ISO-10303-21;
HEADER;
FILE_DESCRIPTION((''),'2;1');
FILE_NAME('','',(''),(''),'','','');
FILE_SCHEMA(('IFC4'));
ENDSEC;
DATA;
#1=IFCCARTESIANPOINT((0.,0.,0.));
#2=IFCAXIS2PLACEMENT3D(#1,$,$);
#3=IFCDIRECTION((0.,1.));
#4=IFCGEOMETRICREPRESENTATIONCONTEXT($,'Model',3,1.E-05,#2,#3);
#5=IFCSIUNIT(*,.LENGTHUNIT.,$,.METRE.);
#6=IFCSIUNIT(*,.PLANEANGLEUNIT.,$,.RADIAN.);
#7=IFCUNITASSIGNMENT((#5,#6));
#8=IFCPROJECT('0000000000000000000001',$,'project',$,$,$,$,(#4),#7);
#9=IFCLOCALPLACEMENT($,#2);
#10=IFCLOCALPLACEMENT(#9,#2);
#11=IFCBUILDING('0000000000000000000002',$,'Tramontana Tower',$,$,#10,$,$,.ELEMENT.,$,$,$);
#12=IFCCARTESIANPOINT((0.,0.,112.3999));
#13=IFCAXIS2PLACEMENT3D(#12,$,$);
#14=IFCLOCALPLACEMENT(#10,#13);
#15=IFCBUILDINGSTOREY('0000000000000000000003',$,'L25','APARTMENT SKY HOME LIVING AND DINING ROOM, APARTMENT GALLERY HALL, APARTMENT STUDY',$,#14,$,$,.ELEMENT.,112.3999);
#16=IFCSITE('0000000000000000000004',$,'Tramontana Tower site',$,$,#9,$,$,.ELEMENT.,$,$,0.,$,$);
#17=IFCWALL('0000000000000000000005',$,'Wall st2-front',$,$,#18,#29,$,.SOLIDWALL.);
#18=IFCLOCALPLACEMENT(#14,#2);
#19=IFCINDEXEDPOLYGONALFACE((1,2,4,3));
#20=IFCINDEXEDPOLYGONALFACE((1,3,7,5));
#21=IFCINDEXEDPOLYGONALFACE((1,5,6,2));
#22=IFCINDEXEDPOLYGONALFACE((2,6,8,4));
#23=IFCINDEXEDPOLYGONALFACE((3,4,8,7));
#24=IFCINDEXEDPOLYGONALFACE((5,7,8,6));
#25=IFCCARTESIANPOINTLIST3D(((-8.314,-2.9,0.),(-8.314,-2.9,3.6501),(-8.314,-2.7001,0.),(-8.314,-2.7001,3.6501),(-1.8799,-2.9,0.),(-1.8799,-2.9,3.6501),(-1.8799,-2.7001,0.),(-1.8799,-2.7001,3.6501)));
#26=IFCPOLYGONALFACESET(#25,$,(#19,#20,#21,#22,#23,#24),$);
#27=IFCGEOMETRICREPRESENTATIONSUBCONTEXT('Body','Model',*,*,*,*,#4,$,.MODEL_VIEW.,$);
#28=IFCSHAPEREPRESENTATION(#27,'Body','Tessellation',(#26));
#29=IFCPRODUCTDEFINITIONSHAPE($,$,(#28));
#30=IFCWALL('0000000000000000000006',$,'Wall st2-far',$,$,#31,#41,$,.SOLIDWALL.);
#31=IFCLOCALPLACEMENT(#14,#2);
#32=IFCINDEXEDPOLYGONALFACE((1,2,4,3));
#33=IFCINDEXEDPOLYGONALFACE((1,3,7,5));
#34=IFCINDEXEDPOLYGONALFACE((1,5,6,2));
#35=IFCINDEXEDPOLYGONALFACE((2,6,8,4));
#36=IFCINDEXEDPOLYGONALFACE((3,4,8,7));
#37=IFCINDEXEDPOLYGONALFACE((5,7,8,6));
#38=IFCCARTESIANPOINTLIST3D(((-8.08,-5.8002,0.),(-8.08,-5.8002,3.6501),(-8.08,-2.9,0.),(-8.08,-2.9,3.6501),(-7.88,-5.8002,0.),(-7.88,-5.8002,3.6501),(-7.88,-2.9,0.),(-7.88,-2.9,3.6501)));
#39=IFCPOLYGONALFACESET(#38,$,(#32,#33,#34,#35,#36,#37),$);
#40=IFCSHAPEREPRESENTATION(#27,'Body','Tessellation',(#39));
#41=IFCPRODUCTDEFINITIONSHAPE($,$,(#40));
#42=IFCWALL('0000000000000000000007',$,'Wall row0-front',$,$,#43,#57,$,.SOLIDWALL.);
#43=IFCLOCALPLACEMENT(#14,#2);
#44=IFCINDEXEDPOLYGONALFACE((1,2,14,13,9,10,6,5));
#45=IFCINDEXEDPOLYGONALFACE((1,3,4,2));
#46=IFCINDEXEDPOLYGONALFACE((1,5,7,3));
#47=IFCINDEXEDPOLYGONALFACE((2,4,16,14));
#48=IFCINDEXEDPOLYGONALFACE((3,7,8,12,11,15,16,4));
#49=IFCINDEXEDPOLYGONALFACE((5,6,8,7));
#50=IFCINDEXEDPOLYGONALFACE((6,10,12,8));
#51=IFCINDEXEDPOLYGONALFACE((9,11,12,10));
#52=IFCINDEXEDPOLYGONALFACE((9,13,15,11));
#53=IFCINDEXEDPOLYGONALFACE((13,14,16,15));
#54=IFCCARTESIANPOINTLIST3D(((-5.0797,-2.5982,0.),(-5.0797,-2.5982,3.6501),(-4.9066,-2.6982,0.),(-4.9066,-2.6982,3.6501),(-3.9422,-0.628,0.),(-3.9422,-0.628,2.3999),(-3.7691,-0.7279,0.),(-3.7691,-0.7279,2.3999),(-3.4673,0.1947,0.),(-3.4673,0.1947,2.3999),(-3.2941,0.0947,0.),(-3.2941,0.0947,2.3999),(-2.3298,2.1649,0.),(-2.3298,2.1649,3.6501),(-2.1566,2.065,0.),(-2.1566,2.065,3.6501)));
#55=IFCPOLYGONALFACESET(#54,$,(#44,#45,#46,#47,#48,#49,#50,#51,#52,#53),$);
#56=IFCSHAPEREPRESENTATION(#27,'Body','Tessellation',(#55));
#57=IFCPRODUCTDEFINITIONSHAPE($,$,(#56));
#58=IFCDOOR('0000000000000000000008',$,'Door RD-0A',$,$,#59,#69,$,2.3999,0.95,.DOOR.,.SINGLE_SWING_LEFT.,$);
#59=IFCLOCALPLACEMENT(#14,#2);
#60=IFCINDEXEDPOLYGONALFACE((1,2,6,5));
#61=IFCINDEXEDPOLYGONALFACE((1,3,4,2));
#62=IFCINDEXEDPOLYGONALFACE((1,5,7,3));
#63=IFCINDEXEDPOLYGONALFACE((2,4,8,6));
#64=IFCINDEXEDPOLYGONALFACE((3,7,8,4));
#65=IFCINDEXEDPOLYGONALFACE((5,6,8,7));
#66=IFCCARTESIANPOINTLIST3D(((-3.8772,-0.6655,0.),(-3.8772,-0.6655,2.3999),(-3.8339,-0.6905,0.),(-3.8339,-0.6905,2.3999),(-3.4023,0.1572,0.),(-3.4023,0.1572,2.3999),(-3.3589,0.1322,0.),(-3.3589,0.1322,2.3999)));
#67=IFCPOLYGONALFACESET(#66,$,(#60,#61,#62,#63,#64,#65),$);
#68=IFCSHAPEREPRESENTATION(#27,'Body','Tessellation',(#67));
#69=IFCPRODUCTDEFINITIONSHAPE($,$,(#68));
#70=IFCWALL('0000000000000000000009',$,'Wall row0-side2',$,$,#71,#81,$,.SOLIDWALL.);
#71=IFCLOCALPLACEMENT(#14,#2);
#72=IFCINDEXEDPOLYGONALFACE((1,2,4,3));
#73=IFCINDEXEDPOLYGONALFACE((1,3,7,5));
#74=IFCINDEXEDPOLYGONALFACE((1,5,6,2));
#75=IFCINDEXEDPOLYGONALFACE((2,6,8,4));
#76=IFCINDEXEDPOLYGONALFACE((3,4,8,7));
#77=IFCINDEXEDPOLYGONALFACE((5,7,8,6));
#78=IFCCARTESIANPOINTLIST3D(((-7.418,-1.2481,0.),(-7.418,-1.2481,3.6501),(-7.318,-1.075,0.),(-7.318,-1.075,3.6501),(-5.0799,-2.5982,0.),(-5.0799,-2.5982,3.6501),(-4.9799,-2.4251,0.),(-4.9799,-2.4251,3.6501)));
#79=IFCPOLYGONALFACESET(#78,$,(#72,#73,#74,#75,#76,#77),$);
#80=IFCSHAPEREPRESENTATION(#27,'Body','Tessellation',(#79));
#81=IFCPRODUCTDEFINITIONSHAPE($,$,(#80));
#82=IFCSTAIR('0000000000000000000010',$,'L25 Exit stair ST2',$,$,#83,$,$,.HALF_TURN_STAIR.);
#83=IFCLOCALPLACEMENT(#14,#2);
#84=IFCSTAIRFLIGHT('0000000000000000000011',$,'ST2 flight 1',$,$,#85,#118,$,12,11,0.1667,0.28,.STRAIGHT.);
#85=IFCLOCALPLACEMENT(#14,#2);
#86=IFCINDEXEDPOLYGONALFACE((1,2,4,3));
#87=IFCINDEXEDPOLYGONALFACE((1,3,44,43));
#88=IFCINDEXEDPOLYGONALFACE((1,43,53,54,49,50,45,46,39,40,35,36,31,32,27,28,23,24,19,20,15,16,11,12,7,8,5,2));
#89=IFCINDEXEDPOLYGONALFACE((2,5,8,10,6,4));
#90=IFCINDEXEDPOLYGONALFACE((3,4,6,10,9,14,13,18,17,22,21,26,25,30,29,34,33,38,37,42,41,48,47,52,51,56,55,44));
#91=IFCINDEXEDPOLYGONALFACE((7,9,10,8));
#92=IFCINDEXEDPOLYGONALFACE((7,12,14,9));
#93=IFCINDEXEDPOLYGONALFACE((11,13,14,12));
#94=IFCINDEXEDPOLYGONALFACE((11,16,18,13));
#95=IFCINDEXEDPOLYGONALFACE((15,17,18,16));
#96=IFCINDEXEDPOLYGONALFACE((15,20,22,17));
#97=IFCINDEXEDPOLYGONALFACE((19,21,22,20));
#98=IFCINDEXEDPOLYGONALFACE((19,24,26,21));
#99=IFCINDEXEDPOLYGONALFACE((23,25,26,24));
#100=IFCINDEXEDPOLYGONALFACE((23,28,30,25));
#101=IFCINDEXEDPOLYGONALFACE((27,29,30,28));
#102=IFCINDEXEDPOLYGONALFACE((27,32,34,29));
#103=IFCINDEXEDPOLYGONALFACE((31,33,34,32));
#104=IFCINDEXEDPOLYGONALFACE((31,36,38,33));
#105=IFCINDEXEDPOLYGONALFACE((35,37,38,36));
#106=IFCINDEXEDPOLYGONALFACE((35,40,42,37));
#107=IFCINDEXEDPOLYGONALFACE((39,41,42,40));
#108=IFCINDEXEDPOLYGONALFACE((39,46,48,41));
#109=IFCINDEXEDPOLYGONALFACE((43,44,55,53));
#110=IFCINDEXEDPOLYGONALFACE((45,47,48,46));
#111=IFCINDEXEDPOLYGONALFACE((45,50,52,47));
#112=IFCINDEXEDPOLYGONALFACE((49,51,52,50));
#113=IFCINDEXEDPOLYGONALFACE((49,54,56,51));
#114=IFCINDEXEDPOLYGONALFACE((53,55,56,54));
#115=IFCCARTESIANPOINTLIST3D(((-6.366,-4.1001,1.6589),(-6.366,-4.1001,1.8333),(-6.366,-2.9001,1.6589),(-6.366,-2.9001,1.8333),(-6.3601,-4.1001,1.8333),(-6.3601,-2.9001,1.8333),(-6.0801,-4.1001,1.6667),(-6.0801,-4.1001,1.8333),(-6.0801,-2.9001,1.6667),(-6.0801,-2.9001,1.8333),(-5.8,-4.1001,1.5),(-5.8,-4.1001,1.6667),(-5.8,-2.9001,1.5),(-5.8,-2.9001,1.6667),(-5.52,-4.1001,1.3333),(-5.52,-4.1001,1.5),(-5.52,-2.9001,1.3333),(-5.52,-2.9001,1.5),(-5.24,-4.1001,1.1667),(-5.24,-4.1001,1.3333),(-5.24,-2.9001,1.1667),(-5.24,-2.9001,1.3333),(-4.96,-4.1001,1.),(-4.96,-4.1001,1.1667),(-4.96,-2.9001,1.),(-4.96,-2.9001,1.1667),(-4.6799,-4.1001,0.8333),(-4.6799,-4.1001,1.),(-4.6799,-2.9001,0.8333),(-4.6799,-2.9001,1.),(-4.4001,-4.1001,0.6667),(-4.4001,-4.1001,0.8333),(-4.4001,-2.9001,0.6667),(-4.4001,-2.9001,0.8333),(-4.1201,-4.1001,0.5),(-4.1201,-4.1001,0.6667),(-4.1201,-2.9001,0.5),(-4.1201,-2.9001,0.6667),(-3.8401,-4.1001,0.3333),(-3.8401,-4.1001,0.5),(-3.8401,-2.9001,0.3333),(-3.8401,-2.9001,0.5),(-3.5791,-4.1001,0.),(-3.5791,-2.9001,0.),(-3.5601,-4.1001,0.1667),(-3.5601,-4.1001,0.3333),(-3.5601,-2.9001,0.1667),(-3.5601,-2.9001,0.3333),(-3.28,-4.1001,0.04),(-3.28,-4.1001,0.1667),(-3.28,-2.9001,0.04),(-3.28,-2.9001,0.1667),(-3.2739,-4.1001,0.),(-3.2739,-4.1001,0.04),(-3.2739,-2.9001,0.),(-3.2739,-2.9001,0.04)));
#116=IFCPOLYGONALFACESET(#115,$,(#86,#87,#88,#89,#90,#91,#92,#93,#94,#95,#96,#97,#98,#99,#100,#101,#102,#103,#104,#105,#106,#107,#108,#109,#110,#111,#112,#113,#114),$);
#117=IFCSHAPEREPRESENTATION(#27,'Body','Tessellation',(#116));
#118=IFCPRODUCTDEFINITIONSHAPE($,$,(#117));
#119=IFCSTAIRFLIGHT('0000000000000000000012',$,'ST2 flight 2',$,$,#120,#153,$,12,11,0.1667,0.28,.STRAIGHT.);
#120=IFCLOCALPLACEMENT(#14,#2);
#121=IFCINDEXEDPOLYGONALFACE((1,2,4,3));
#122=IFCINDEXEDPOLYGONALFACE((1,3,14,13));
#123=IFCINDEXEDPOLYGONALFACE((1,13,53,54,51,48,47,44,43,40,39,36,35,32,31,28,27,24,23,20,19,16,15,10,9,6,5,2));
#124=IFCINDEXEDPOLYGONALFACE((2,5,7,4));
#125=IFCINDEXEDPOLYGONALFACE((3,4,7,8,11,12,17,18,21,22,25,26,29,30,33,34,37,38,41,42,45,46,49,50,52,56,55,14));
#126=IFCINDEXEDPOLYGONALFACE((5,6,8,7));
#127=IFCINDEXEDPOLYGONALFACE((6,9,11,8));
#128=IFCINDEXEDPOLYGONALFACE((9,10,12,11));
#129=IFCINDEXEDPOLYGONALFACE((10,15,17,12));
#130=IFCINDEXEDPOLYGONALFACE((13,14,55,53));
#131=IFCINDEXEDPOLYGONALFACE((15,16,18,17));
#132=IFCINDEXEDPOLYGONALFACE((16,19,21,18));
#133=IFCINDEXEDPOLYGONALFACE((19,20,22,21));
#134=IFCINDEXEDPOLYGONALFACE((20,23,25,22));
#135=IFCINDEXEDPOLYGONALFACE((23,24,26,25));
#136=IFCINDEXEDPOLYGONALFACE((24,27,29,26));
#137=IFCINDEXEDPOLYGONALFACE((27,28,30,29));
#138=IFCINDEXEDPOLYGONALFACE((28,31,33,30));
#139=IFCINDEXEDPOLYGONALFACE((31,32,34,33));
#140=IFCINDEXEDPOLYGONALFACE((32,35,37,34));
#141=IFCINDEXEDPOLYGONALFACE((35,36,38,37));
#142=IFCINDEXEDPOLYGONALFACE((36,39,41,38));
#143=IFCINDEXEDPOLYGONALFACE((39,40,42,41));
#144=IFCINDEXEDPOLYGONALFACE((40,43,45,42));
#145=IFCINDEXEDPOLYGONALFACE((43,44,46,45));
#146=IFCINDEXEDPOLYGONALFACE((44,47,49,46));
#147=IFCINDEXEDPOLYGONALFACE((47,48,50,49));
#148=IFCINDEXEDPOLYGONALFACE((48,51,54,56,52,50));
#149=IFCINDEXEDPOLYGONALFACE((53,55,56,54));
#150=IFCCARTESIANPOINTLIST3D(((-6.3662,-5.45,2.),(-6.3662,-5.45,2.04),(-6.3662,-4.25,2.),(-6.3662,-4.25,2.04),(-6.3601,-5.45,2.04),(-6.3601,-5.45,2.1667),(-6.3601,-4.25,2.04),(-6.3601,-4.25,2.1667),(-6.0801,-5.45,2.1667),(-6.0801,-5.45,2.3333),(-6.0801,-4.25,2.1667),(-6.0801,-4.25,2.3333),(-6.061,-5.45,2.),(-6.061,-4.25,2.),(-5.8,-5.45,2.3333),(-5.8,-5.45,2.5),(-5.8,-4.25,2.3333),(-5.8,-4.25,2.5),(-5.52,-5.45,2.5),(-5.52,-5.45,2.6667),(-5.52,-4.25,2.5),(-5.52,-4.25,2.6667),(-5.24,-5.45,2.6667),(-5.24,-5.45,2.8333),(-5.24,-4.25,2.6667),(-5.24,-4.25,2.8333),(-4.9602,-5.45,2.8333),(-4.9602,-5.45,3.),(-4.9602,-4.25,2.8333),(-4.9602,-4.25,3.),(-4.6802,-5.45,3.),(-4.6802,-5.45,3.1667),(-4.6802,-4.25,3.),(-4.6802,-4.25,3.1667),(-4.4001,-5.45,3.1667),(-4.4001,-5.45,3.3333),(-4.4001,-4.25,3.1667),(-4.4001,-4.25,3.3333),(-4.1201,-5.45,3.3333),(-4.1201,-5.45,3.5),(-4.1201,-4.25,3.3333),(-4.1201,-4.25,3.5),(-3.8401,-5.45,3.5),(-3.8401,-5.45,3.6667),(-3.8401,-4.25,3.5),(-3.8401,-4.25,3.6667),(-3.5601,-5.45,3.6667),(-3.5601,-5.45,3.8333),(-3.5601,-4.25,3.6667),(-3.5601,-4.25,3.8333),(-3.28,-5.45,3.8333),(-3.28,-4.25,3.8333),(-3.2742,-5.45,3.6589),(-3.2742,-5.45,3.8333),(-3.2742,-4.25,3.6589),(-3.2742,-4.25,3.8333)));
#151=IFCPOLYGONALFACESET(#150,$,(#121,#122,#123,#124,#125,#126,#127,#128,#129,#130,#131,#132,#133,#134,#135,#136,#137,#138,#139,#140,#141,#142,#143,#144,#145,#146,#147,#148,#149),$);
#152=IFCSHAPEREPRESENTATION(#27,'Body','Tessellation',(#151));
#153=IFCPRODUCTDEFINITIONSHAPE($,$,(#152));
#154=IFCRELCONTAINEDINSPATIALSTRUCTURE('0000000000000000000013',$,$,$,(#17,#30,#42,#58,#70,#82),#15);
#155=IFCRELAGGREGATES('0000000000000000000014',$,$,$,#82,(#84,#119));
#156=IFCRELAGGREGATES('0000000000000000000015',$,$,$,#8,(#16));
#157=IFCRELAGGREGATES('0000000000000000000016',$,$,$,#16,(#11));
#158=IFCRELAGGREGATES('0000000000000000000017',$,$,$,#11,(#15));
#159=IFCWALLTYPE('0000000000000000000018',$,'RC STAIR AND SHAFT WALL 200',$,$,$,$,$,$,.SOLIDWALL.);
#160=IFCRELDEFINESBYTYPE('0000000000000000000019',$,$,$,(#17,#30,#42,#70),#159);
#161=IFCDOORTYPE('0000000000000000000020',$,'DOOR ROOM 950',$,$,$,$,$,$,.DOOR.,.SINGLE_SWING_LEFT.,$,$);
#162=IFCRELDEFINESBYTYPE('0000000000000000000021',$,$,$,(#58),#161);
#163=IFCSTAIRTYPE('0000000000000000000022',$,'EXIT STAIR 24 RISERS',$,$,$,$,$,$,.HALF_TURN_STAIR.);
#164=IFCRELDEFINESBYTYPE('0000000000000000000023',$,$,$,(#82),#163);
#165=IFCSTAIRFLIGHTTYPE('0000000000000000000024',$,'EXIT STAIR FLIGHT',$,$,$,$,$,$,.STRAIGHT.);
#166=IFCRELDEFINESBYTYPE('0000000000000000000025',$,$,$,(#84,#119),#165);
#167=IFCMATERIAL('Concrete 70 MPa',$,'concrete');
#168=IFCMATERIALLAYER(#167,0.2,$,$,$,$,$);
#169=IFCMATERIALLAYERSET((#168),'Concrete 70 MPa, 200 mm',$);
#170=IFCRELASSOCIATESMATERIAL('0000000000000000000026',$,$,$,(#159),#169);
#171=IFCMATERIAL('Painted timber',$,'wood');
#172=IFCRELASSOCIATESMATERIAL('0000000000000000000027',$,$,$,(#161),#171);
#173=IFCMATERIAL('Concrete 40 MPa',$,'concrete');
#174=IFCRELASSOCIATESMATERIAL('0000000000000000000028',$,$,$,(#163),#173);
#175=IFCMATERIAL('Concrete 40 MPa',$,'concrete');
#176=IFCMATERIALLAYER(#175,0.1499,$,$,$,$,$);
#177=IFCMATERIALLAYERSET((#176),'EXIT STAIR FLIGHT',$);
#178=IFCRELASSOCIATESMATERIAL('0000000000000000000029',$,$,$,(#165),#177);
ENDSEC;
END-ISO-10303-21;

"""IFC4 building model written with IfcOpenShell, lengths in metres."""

from ifc_helpers import new_model, si_unit, direction, frame, frame_2d, origin, place, context, subcontext, project, spatial, polyline, rectangle, outline, extrude, material, layer, layer_set, type_object, element, fill, aggregate, save


model = new_model("IFC4")

# Units and contexts
model_context = context("Model", 3, precision=1e-05, world=origin(), true_north=direction((0.0, 1.0)))
body_context = subcontext(model_context, "Body", "Model", "MODEL_VIEW")
ifc_project = project(units=[si_unit("LENGTHUNIT", "METRE"), si_unit("PLANEANGLEUNIT", "RADIAN")], contexts=[model_context])

# Site, building, storey
site_placement = place(None, origin())
site = spatial("IfcSite", under=ifc_project, at=site_placement, Name="Tramontana Tower site", CompositionType="ELEMENT", RefElevation=0.0)
building_placement = place(site_placement, origin())
building = spatial("IfcBuilding", under=site, at=building_placement, Name="Tramontana Tower", CompositionType="ELEMENT")
storey_placement = place(building_placement, frame((0.0, 0.0, 112.3999)))
storey = spatial("IfcBuildingStorey", under=building, at=storey_placement, Name="L25", Description="APARTMENT SKY HOME LIVING AND DINING ROOM, APARTMENT GALLERY HALL, APARTMENT STUDY", CompositionType="ELEMENT", Elevation=112.3999)

# Walls
ifc_material_1 = material(Name="Concrete 70 MPa", Category="concrete")
ifc_layer_1 = layer(ifc_material_1, 0.2)
ifc_layer_set_1 = layer_set([ifc_layer_1], Name="Concrete 70 MPa, 200 mm")
wall_type_1 = type_object("IfcWallType", Name="RC STAIR AND SHAFT WALL 200", PredefinedType="SOLIDWALL", material=ifc_layer_set_1)
wall_1_placement = place(storey_placement, frame((-8.314, -2.8, 0.0), z_axis=(0.0, 0.0, 1.0), x_axis=(1.0, 0.0, 0.0)))
element("IfcWall", 1, at=wall_1_placement, inside=storey, type_object=wall_type_1, Name="Wall st2-front", PredefinedType="SOLIDWALL", context=body_context, shape_type="SweptSolid", body=[
    extrude(rectangle(XDim=6.4341, YDim=0.2, at=frame_2d((3.217, 0.0))), origin(), (0.0, 0.0, 1.0), 3.6501),
])
wall_2_placement = place(storey_placement, frame((-7.98, -2.8999, 0.0), z_axis=(0.0, 0.0, 1.0), x_axis=(0.0, -1.0, 0.0)))
element("IfcWall", 2, at=wall_2_placement, inside=storey, type_object=wall_type_1, Name="Wall st2-far", PredefinedType="SOLIDWALL", context=body_context, shape_type="SweptSolid", body=[
    extrude(rectangle(XDim=2.9001, YDim=0.2, at=frame_2d((1.4502, 0.0))), origin(), (0.0, 0.0, 1.0), 3.6501),
])

# Wall, opening, door
wall_3_placement = place(storey_placement, frame((-4.9932, -2.6482, 0.0), z_axis=(0.0, 0.0, 1.0), x_axis=(0.499997, 0.866027, 0.0)))
wall_3 = element("IfcWall", 3, at=wall_3_placement, inside=storey, type_object=wall_type_1, Name="Wall row0-front", PredefinedType="SOLIDWALL", context=body_context, shape_type="SweptSolid", body=[
    extrude(rectangle(XDim=5.5, YDim=0.2, at=frame_2d((2.75, 0.0))), origin(), (0.0, 0.0, 1.0), 3.6501),
])
opening_1_placement = place(wall_3_placement, frame((2.2749, 0.0, 0.0)))
opening_1 = element("IfcOpeningElement", 4, at=opening_1_placement, cuts=wall_3, PredefinedType="OPENING", context=body_context, shape_type="SweptSolid", body=[
    extrude(rectangle(XDim=0.95, YDim=2.3999, at=frame_2d((0.4751, 1.2))), frame((0.0, 0.1099, 0.0), z_axis=(0.0, -1.0, 0.0), x_axis=(1.0, 0.0, 0.0)), (0.0, 0.0, 1.0), 0.22),
])
ifc_material_2 = material(Name="Painted timber", Category="wood")
door_type_1 = type_object("IfcDoorType", Name="DOOR ROOM 950", OperationType="SINGLE_SWING_LEFT", PredefinedType="DOOR", material=ifc_material_2)
door_1_placement = place(opening_1_placement, origin())
door_1 = element("IfcDoor", 5, at=door_1_placement, inside=storey, type_object=door_type_1, Name="Door RD-0A", OperationType="SINGLE_SWING_LEFT", OverallHeight=2.3999, OverallWidth=0.95, PredefinedType="DOOR", context=body_context, shape_type="SweptSolid", body=[
    extrude(rectangle(XDim=0.95, YDim=2.3999, at=frame_2d((0.4751, 1.2))), frame((0.0, 0.0249, 0.0), z_axis=(0.0, -1.0, 0.0), x_axis=(1.0, 0.0, 0.0)), (0.0, 0.0, 1.0), 0.05),
])
fill(opening_1, door_1)

# Wall
wall_4_placement = place(storey_placement, frame((-5.0298, -2.5117, 0.0), z_axis=(0.0, 0.0, 1.0), x_axis=(-0.865997, 0.500049, 0.0)))
element("IfcWall", 6, at=wall_4_placement, inside=storey, type_object=wall_type_1, Name="Wall row0-side2", PredefinedType="SOLIDWALL", context=body_context, shape_type="SweptSolid", body=[
    extrude(rectangle(XDim=2.7, YDim=0.2, at=frame_2d((1.3501, 0.0))), origin(), (0.0, 0.0, 1.0), 3.6501),
])

# Stair, stair flights
ifc_material_3 = material(Name="Concrete 40 MPa", Category="concrete")
stair_type = type_object("IfcStairType", Name="EXIT STAIR 24 RISERS", PredefinedType="HALF_TURN_STAIR", material=ifc_material_3)
stair_placement = place(storey_placement, origin())
stair = element("IfcStair", 7, at=stair_placement, inside=storey, type_object=stair_type, Name="L25 Exit stair ST2", PredefinedType="HALF_TURN_STAIR")
ifc_material_4 = material(Name="Concrete 40 MPa", Category="concrete")
ifc_layer_2 = layer(ifc_material_4, 0.1499)
ifc_layer_set_2 = layer_set([ifc_layer_2], Name="EXIT STAIR FLIGHT")
stair_flight_type = type_object("IfcStairFlightType", Name="EXIT STAIR FLIGHT", PredefinedType="STRAIGHT", material=ifc_layer_set_2)
stair_flight_1_placement = place(storey_placement, frame((-3.28, -3.5, 0.0), z_axis=(0.0, 0.0, 1.0), x_axis=(-1.0, 0.0, 0.0)))
stair_flight_1 = element("IfcStairFlight", 8, at=stair_flight_1_placement, type_object=stair_flight_type, Name="ST2 flight 1", NumberOfRisers=12, NumberOfTreads=11, PredefinedType="STRAIGHT", RiserHeight=0.1667, TreadLength=0.28, context=body_context, shape_type="SweptSolid", body=[
    extrude(outline(polyline([(-0.0061, 0.0), (-0.0061, 0.04), (0.0, 0.04), (0.0, 0.1667), (0.28, 0.1667), (0.28, 0.3333), (0.5601, 0.3333), (0.5601, 0.5), (0.8401, 0.5), (0.8401, 0.6667), (1.1201, 0.6667), (1.1201, 0.8333), (1.3999, 0.8333), (1.3999, 1.0), (1.6799, 1.0), (1.6799, 1.1667), (1.96, 1.1667), (1.96, 1.3333), (2.24, 1.3333), (2.24, 1.5), (2.52, 1.5), (2.52, 1.6667), (2.8, 1.6667), (2.8, 1.8333), (3.0801, 1.8333), (3.0859, 1.8333), (3.0859, 1.6589), (0.2991, 0.0), (-0.0061, 0.0)])), frame((0.0, 0.6001, 0.0), z_axis=(0.0, -1.0, 0.0), x_axis=(1.0, 0.0, 0.0)), (0.0, 0.0, 1.0), 1.2),
])
stair_flight_2_placement = place(storey_placement, frame((-6.3601, -4.8501, 2.0), z_axis=(0.0, 0.0, 1.0), x_axis=(1.0, 0.0, 0.0)))
stair_flight_2 = element("IfcStairFlight", 9, at=stair_flight_2_placement, type_object=stair_flight_type, Name="ST2 flight 2", NumberOfRisers=12, NumberOfTreads=11, PredefinedType="STRAIGHT", RiserHeight=0.1667, TreadLength=0.28, context=body_context, shape_type="SweptSolid", body=[
    extrude(outline(polyline([(-0.0061, 0.0), (-0.0061, 0.04), (0.0, 0.04), (0.0, 0.1667), (0.28, 0.1667), (0.28, 0.3333), (0.5601, 0.3333), (0.5601, 0.5), (0.8401, 0.5), (0.8401, 0.6667), (1.1201, 0.6667), (1.1201, 0.8333), (1.3999, 0.8333), (1.3999, 1.0), (1.6799, 1.0), (1.6799, 1.1667), (1.96, 1.1667), (1.96, 1.3333), (2.24, 1.3333), (2.24, 1.5), (2.52, 1.5), (2.52, 1.6667), (2.8, 1.6667), (2.8, 1.8333), (3.0801, 1.8333), (3.0859, 1.8333), (3.0859, 1.6589), (0.2991, 0.0), (-0.0061, 0.0)])), frame((0.0, 0.6001, 0.0), z_axis=(0.0, -1.0, 0.0), x_axis=(1.0, 0.0, 0.0)), (0.0, 0.0, 1.0), 1.2),
])
aggregate(stair, [stair_flight_1, stair_flight_2])

save(model, "model.ifc")
